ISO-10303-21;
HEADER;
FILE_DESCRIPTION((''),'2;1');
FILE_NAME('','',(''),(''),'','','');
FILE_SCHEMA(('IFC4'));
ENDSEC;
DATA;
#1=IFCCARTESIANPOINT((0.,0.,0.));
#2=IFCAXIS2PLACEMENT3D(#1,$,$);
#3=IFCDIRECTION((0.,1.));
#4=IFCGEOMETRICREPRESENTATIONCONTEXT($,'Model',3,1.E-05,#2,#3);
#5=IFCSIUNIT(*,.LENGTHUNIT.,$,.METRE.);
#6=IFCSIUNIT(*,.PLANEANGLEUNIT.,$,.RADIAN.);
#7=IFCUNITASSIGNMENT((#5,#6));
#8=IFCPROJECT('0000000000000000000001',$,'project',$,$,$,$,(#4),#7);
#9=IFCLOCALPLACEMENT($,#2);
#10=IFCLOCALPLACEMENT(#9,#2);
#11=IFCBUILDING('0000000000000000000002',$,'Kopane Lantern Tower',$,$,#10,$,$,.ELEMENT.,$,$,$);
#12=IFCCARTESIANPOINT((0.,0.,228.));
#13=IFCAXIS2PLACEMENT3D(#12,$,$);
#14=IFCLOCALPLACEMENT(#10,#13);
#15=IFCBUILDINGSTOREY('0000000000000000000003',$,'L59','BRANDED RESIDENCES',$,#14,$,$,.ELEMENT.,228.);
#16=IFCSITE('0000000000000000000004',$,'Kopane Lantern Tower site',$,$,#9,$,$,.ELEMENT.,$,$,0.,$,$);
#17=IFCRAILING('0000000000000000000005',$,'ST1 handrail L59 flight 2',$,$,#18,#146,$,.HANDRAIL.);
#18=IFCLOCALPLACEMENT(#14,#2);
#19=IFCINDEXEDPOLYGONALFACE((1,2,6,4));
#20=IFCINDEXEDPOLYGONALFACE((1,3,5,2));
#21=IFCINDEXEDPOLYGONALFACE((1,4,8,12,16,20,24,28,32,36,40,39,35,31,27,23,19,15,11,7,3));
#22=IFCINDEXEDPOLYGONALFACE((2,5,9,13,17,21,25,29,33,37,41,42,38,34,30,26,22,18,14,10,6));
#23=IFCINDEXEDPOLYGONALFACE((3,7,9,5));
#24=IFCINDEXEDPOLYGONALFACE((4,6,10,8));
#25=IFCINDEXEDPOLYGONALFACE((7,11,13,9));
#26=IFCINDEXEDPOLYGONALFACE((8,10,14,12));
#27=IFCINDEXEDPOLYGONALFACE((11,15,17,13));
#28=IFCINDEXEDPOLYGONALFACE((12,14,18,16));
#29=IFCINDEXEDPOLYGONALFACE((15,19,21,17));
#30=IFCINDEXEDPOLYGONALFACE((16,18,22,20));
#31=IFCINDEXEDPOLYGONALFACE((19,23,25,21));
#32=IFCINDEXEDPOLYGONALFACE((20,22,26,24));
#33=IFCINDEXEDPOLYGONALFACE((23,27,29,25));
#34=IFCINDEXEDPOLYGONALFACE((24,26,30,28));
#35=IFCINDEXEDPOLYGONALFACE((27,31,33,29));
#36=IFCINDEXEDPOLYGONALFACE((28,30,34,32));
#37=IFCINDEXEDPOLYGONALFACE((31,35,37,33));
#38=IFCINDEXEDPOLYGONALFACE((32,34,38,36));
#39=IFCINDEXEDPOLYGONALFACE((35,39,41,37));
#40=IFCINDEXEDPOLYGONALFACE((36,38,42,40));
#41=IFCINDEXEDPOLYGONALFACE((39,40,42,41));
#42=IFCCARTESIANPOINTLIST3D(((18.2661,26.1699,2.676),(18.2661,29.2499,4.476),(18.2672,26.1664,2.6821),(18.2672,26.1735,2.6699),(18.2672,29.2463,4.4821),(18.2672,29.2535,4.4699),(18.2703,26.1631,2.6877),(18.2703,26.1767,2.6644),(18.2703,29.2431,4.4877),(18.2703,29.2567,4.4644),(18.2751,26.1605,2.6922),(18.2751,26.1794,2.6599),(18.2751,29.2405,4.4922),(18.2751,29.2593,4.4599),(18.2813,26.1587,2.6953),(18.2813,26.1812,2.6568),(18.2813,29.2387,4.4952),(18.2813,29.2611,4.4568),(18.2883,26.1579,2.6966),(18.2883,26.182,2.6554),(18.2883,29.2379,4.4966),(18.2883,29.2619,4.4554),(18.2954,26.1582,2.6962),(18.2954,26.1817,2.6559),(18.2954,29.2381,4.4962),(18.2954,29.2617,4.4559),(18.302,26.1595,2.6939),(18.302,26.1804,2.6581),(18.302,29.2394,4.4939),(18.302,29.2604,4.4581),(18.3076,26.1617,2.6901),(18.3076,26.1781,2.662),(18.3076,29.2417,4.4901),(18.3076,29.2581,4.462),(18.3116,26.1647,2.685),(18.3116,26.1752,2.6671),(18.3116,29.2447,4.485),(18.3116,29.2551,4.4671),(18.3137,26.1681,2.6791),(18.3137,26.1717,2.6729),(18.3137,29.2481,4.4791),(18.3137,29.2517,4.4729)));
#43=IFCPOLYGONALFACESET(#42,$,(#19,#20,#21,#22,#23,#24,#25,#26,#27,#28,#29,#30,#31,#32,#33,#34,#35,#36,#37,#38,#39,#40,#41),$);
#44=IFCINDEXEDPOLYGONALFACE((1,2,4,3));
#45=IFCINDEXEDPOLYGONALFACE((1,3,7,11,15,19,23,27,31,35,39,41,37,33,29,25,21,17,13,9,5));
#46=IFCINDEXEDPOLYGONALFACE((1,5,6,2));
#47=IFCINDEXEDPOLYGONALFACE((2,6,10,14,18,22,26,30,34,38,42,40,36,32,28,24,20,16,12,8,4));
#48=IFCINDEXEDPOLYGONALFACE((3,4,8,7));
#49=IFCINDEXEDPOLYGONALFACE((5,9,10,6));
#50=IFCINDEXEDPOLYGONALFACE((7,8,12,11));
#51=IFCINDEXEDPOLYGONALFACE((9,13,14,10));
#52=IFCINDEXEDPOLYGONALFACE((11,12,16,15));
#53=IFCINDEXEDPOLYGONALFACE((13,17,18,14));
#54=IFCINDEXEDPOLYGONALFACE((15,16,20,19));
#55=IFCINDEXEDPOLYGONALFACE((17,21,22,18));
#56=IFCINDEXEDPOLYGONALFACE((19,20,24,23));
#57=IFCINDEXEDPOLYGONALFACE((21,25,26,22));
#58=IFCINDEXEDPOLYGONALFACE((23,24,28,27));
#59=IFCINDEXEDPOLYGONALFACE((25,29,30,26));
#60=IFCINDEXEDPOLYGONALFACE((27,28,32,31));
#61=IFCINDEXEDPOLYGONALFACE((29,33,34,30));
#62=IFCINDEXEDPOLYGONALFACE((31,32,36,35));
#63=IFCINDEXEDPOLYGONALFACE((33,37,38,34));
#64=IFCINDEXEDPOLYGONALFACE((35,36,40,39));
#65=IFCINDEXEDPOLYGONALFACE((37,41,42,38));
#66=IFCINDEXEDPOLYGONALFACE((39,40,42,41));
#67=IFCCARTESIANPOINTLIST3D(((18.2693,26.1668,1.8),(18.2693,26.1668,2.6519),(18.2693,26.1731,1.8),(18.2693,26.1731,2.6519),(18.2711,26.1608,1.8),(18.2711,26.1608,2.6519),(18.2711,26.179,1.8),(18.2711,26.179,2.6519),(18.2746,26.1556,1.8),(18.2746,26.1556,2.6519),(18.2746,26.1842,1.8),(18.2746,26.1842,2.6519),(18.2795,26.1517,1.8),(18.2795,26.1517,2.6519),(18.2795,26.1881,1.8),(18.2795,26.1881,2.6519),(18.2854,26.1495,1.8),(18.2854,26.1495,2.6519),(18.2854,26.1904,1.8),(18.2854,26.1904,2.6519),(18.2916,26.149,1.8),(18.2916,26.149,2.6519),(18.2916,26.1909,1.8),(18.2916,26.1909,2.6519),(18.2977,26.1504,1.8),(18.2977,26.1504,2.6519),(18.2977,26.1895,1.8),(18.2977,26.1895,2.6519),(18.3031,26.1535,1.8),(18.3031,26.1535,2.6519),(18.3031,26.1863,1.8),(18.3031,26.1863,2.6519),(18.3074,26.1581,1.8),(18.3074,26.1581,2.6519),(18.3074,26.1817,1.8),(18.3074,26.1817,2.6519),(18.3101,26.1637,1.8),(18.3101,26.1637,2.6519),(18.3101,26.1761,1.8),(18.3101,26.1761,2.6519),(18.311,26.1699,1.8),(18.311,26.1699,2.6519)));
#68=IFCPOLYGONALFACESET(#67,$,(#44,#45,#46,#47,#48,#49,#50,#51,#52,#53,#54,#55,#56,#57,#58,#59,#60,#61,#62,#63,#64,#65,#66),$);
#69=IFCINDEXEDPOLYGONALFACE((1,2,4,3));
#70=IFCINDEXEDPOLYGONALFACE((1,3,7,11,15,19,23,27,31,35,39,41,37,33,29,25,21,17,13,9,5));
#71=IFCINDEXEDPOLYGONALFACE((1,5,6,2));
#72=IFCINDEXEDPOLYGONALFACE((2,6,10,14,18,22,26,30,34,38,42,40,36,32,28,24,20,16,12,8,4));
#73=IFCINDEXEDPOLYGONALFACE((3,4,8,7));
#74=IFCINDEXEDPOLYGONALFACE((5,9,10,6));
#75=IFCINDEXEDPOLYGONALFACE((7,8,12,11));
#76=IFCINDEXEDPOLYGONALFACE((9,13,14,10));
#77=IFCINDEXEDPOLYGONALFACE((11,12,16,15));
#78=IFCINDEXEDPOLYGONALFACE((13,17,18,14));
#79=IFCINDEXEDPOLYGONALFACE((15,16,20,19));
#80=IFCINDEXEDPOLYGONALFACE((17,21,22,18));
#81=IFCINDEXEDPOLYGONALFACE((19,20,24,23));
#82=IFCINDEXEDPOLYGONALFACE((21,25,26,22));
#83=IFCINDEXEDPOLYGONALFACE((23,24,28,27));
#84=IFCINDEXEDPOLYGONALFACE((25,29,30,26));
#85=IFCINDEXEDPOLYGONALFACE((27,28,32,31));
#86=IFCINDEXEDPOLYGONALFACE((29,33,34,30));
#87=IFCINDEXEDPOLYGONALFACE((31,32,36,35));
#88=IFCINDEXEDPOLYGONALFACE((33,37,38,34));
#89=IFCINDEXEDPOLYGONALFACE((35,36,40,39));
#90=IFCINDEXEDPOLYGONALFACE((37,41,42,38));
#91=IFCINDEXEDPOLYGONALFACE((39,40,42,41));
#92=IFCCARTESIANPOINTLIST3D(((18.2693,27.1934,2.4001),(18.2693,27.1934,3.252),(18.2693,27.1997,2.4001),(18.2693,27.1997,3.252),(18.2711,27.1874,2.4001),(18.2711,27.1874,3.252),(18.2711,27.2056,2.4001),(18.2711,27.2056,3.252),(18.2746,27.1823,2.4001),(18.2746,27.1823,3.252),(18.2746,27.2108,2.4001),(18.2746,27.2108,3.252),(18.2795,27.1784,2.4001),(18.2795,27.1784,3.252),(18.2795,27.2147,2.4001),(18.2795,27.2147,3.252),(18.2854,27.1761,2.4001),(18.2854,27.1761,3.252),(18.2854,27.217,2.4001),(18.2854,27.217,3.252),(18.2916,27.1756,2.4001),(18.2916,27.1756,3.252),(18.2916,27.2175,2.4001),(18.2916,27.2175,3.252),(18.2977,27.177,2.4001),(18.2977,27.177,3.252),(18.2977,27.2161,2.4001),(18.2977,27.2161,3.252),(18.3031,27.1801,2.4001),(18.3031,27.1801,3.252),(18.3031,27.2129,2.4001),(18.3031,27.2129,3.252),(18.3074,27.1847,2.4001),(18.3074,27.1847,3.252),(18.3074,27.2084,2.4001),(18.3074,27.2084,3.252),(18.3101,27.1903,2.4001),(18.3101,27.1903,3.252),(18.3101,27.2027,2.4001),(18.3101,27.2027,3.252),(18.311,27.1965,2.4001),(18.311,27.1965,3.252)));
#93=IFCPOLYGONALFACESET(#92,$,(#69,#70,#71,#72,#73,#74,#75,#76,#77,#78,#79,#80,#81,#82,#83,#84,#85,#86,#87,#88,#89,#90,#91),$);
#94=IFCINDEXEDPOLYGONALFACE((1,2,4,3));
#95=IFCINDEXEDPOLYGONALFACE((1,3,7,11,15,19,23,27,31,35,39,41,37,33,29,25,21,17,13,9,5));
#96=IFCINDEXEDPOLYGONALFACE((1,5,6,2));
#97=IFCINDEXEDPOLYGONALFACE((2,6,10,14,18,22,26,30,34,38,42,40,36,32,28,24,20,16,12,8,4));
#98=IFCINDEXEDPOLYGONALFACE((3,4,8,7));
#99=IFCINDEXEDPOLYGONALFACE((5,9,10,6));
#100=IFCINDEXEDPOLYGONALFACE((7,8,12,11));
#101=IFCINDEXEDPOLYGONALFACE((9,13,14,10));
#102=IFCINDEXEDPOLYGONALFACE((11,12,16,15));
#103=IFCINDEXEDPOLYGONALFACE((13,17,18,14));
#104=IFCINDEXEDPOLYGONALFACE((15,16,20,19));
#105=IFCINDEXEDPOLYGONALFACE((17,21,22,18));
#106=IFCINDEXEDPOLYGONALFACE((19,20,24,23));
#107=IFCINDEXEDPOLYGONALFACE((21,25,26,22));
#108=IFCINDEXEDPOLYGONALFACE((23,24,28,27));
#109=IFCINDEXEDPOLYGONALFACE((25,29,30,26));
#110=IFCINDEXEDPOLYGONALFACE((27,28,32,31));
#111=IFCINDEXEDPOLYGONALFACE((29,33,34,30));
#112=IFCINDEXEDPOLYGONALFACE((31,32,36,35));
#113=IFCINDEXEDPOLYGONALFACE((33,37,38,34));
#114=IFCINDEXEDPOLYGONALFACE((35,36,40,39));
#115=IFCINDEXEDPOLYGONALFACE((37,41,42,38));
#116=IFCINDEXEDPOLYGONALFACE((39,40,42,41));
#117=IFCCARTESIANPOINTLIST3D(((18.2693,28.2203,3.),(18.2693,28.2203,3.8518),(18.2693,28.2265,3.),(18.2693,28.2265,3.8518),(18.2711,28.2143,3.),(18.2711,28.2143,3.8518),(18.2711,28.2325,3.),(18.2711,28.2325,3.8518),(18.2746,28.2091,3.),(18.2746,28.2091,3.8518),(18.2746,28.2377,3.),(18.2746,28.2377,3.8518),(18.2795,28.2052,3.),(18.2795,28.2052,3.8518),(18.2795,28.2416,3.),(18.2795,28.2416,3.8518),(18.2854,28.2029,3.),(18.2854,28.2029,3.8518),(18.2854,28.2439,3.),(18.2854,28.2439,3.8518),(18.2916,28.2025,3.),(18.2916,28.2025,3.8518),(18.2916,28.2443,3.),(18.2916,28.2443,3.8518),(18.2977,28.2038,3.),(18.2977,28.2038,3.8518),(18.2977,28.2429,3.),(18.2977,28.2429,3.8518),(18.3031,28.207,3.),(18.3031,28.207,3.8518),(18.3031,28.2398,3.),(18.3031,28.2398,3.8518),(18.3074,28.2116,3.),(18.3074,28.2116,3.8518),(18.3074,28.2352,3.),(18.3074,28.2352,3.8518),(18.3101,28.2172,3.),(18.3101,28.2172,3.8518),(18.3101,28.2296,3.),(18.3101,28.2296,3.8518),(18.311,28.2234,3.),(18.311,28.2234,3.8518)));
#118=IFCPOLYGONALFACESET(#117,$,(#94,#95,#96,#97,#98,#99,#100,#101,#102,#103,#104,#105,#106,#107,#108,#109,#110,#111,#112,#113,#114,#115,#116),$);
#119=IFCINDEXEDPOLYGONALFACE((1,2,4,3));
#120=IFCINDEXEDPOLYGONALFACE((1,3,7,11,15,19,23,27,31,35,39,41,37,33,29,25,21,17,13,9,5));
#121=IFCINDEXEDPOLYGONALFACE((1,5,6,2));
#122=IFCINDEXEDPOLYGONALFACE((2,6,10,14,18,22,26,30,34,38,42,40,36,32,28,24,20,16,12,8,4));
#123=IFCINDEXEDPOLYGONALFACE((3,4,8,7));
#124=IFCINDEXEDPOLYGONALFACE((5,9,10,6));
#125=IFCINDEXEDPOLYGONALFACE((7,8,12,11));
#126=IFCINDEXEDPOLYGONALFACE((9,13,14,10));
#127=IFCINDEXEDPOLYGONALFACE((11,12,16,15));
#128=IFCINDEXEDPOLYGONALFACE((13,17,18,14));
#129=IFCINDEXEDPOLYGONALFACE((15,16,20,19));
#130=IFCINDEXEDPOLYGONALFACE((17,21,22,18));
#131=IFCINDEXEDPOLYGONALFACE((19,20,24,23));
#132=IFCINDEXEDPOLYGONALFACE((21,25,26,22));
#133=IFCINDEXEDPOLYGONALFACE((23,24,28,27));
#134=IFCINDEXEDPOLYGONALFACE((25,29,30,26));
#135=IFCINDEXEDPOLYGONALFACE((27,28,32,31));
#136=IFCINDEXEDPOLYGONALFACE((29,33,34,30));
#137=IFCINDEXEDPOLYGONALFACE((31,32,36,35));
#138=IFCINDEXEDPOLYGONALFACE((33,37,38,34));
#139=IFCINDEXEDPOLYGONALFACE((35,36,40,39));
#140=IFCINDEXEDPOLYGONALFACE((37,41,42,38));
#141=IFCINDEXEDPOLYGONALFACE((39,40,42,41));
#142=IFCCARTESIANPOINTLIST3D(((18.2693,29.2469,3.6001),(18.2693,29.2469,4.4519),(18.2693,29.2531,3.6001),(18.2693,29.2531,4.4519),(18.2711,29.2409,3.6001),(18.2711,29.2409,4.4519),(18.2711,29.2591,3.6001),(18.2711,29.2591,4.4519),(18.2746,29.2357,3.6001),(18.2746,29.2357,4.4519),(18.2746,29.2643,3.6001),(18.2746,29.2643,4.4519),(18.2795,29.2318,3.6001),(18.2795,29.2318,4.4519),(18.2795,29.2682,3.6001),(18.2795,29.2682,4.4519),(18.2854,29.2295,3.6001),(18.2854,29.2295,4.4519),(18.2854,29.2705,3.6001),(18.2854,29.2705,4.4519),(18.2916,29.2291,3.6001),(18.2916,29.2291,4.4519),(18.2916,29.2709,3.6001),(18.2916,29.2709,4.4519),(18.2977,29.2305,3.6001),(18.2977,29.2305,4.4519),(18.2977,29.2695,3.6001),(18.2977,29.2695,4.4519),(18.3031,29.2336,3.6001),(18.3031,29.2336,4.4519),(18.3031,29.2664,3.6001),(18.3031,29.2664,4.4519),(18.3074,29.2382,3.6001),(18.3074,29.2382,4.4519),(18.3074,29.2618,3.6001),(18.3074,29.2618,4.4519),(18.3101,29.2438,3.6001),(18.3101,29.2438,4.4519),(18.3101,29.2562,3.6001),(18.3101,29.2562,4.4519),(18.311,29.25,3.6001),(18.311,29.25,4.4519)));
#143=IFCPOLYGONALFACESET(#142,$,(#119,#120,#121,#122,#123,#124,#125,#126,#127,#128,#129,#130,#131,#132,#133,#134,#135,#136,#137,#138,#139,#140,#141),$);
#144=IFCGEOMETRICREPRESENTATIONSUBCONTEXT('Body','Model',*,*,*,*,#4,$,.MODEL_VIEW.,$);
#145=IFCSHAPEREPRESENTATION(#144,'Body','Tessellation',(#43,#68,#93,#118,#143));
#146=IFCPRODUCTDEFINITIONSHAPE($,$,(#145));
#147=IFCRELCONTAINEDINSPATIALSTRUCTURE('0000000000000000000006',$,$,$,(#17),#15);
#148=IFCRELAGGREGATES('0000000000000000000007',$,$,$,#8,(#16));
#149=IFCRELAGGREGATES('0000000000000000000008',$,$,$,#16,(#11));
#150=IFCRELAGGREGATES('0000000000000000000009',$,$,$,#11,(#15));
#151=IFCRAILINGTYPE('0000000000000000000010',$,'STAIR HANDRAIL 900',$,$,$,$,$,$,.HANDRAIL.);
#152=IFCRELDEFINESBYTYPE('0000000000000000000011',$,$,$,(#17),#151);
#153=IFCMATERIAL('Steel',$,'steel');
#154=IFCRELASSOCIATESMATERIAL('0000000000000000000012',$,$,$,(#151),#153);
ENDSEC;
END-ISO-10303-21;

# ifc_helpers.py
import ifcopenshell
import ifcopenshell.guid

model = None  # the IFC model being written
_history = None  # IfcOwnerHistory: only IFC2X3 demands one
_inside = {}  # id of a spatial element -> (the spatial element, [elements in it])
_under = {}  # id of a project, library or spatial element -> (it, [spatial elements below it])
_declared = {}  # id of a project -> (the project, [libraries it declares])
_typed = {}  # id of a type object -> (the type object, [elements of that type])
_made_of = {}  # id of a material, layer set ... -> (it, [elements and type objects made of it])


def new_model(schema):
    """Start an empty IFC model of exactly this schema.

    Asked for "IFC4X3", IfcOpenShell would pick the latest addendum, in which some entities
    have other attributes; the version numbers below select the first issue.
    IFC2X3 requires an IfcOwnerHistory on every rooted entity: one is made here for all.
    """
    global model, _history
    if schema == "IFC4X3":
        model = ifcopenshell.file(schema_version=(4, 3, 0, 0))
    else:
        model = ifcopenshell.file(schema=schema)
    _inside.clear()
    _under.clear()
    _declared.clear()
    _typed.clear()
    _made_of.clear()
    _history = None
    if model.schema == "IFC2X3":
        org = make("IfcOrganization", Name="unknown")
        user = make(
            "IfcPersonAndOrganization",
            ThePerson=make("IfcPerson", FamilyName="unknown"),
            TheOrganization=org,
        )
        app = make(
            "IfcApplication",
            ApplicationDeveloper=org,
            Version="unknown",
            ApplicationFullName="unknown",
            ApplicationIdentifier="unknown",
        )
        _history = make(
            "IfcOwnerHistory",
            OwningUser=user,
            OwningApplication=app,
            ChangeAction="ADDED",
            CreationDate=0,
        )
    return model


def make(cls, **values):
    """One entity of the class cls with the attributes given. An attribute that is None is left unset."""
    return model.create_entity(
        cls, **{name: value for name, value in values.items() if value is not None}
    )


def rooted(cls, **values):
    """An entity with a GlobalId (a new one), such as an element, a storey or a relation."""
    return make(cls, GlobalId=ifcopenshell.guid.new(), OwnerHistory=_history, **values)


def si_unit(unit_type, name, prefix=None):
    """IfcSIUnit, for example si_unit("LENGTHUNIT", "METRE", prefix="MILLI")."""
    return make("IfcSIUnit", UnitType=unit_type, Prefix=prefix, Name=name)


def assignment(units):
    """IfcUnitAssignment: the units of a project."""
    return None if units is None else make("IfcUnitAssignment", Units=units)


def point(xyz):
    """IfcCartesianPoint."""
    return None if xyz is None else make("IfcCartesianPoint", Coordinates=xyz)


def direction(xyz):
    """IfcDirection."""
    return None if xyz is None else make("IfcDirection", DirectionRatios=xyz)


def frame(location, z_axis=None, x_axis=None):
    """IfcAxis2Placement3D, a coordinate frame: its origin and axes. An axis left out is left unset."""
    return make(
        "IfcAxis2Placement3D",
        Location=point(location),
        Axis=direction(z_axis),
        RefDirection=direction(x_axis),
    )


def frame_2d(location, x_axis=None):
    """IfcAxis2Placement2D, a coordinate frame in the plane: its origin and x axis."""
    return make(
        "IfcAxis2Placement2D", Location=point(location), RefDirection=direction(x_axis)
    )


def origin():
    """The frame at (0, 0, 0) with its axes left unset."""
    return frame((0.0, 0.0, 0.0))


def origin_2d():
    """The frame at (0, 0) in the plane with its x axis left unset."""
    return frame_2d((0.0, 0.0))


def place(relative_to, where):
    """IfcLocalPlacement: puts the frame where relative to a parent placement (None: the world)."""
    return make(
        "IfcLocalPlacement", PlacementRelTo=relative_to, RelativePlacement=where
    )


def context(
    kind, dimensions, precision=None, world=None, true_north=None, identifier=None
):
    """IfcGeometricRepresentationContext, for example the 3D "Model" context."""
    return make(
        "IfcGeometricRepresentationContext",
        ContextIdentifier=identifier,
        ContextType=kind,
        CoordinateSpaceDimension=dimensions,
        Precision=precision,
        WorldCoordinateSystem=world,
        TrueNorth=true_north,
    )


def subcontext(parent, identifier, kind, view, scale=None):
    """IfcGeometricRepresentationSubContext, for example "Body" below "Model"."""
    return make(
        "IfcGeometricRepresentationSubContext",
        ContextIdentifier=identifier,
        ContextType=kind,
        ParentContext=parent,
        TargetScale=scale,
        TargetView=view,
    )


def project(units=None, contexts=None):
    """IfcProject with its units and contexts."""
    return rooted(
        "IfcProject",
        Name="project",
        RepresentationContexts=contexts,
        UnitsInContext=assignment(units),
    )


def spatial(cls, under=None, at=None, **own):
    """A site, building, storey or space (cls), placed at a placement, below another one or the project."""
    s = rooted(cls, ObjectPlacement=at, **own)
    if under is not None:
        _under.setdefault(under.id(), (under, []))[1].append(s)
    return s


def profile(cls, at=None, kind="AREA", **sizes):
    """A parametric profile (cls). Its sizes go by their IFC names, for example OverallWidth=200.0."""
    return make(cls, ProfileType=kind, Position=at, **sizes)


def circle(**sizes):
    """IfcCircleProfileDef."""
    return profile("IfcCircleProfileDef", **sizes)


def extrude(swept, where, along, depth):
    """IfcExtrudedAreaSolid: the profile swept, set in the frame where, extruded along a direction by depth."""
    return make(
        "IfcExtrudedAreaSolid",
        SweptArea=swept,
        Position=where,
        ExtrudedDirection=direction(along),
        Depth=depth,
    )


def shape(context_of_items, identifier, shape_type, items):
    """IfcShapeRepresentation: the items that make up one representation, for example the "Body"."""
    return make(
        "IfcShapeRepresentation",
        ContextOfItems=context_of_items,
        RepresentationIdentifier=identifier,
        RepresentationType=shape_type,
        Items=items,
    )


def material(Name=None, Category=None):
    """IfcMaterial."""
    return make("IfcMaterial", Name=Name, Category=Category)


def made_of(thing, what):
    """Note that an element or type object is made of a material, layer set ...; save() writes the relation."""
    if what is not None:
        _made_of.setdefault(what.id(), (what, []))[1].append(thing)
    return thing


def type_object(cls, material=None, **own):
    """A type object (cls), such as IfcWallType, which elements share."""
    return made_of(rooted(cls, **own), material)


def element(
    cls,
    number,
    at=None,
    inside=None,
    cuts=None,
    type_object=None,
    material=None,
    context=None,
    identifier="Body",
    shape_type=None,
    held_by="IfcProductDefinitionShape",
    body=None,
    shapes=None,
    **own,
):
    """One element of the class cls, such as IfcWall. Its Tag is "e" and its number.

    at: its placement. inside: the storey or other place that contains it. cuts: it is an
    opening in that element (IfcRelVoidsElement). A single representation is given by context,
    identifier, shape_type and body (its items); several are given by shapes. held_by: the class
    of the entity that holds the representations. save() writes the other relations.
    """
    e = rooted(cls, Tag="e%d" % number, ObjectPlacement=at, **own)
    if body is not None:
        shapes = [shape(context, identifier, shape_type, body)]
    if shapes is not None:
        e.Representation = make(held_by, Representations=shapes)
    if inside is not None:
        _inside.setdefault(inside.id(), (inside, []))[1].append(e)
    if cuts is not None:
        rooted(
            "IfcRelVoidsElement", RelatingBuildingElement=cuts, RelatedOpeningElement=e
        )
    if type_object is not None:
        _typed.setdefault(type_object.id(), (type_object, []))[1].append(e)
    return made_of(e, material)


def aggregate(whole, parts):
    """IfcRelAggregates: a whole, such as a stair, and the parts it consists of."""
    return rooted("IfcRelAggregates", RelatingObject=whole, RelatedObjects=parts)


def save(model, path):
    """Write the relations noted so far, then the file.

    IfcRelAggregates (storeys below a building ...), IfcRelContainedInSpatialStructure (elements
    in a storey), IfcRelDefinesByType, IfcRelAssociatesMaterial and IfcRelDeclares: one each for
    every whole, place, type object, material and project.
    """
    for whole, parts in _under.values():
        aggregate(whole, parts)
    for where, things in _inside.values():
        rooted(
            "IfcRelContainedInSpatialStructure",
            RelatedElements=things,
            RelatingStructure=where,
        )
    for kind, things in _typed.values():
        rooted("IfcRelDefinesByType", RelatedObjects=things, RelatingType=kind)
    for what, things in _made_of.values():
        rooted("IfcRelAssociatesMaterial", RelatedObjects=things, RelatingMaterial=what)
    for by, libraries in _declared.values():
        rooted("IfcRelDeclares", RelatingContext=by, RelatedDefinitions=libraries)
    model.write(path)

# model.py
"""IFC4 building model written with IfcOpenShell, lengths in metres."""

from ifc_helpers import new_model, si_unit, direction, frame, origin, origin_2d, place, context, subcontext, project, spatial, circle, extrude, material, type_object, element, save


model = new_model("IFC4")

# Units and contexts
model_context = context("Model", 3, precision=1e-05, world=origin(), true_north=direction((0.0, 1.0)))
body_context = subcontext(model_context, "Body", "Model", "MODEL_VIEW")
ifc_project = project(units=[si_unit("LENGTHUNIT", "METRE"), si_unit("PLANEANGLEUNIT", "RADIAN")], contexts=[model_context])

# Site, building, storey
site_placement = place(None, origin())
site = spatial("IfcSite", under=ifc_project, at=site_placement, Name="Kopane Lantern Tower site", CompositionType="ELEMENT", RefElevation=0.0)
building_placement = place(site_placement, origin())
building = spatial("IfcBuilding", under=site, at=building_placement, Name="Kopane Lantern Tower", CompositionType="ELEMENT")
storey_placement = place(building_placement, frame((0.0, 0.0, 228.0)))
storey = spatial("IfcBuildingStorey", under=building, at=storey_placement, Name="L59", Description="BRANDED RESIDENCES", CompositionType="ELEMENT", Elevation=228.0)

# Railing
ifc_material_1 = material(Name="Steel", Category="steel")
railing_type_1 = type_object("IfcRailingType", Name="STAIR HANDRAIL 900", PredefinedType="HANDRAIL", material=ifc_material_1)
for number, where, name in (
    (1, (18.29, 26.1699, 1.8), "ST1 handrail L59 flight 2"),
):
    element("IfcRailing", number, at=place(storey_placement, frame(where)), inside=storey, type_object=railing_type_1, Name=name, PredefinedType="HANDRAIL", context=body_context, shape_type="SweptSolid", body=[
        extrude(circle(Radius=0.0239, at=origin_2d()), frame((0.0, 0.0, 0.876), z_axis=(0.0, 0.863372, 0.504569), x_axis=(-1.0, 0.0, 0.0)), (0.0, 0.0, 1.0), 3.5674),
        extrude(circle(Radius=0.021, at=origin_2d()), origin(), (0.0, 0.0, 1.0), 0.8518),
        extrude(circle(Radius=0.021, at=origin_2d()), frame((0.0, 1.0266, 0.6001)), (0.0, 0.0, 1.0), 0.8518),
        extrude(circle(Radius=0.021, at=origin_2d()), frame((0.0, 2.0535, 1.2)), (0.0, 0.0, 1.0), 0.8518),
        extrude(circle(Radius=0.021, at=origin_2d()), frame((0.0, 3.0801, 1.8)), (0.0, 0.0, 1.0), 0.8518),
    ])

save(model, "model.ifc")
